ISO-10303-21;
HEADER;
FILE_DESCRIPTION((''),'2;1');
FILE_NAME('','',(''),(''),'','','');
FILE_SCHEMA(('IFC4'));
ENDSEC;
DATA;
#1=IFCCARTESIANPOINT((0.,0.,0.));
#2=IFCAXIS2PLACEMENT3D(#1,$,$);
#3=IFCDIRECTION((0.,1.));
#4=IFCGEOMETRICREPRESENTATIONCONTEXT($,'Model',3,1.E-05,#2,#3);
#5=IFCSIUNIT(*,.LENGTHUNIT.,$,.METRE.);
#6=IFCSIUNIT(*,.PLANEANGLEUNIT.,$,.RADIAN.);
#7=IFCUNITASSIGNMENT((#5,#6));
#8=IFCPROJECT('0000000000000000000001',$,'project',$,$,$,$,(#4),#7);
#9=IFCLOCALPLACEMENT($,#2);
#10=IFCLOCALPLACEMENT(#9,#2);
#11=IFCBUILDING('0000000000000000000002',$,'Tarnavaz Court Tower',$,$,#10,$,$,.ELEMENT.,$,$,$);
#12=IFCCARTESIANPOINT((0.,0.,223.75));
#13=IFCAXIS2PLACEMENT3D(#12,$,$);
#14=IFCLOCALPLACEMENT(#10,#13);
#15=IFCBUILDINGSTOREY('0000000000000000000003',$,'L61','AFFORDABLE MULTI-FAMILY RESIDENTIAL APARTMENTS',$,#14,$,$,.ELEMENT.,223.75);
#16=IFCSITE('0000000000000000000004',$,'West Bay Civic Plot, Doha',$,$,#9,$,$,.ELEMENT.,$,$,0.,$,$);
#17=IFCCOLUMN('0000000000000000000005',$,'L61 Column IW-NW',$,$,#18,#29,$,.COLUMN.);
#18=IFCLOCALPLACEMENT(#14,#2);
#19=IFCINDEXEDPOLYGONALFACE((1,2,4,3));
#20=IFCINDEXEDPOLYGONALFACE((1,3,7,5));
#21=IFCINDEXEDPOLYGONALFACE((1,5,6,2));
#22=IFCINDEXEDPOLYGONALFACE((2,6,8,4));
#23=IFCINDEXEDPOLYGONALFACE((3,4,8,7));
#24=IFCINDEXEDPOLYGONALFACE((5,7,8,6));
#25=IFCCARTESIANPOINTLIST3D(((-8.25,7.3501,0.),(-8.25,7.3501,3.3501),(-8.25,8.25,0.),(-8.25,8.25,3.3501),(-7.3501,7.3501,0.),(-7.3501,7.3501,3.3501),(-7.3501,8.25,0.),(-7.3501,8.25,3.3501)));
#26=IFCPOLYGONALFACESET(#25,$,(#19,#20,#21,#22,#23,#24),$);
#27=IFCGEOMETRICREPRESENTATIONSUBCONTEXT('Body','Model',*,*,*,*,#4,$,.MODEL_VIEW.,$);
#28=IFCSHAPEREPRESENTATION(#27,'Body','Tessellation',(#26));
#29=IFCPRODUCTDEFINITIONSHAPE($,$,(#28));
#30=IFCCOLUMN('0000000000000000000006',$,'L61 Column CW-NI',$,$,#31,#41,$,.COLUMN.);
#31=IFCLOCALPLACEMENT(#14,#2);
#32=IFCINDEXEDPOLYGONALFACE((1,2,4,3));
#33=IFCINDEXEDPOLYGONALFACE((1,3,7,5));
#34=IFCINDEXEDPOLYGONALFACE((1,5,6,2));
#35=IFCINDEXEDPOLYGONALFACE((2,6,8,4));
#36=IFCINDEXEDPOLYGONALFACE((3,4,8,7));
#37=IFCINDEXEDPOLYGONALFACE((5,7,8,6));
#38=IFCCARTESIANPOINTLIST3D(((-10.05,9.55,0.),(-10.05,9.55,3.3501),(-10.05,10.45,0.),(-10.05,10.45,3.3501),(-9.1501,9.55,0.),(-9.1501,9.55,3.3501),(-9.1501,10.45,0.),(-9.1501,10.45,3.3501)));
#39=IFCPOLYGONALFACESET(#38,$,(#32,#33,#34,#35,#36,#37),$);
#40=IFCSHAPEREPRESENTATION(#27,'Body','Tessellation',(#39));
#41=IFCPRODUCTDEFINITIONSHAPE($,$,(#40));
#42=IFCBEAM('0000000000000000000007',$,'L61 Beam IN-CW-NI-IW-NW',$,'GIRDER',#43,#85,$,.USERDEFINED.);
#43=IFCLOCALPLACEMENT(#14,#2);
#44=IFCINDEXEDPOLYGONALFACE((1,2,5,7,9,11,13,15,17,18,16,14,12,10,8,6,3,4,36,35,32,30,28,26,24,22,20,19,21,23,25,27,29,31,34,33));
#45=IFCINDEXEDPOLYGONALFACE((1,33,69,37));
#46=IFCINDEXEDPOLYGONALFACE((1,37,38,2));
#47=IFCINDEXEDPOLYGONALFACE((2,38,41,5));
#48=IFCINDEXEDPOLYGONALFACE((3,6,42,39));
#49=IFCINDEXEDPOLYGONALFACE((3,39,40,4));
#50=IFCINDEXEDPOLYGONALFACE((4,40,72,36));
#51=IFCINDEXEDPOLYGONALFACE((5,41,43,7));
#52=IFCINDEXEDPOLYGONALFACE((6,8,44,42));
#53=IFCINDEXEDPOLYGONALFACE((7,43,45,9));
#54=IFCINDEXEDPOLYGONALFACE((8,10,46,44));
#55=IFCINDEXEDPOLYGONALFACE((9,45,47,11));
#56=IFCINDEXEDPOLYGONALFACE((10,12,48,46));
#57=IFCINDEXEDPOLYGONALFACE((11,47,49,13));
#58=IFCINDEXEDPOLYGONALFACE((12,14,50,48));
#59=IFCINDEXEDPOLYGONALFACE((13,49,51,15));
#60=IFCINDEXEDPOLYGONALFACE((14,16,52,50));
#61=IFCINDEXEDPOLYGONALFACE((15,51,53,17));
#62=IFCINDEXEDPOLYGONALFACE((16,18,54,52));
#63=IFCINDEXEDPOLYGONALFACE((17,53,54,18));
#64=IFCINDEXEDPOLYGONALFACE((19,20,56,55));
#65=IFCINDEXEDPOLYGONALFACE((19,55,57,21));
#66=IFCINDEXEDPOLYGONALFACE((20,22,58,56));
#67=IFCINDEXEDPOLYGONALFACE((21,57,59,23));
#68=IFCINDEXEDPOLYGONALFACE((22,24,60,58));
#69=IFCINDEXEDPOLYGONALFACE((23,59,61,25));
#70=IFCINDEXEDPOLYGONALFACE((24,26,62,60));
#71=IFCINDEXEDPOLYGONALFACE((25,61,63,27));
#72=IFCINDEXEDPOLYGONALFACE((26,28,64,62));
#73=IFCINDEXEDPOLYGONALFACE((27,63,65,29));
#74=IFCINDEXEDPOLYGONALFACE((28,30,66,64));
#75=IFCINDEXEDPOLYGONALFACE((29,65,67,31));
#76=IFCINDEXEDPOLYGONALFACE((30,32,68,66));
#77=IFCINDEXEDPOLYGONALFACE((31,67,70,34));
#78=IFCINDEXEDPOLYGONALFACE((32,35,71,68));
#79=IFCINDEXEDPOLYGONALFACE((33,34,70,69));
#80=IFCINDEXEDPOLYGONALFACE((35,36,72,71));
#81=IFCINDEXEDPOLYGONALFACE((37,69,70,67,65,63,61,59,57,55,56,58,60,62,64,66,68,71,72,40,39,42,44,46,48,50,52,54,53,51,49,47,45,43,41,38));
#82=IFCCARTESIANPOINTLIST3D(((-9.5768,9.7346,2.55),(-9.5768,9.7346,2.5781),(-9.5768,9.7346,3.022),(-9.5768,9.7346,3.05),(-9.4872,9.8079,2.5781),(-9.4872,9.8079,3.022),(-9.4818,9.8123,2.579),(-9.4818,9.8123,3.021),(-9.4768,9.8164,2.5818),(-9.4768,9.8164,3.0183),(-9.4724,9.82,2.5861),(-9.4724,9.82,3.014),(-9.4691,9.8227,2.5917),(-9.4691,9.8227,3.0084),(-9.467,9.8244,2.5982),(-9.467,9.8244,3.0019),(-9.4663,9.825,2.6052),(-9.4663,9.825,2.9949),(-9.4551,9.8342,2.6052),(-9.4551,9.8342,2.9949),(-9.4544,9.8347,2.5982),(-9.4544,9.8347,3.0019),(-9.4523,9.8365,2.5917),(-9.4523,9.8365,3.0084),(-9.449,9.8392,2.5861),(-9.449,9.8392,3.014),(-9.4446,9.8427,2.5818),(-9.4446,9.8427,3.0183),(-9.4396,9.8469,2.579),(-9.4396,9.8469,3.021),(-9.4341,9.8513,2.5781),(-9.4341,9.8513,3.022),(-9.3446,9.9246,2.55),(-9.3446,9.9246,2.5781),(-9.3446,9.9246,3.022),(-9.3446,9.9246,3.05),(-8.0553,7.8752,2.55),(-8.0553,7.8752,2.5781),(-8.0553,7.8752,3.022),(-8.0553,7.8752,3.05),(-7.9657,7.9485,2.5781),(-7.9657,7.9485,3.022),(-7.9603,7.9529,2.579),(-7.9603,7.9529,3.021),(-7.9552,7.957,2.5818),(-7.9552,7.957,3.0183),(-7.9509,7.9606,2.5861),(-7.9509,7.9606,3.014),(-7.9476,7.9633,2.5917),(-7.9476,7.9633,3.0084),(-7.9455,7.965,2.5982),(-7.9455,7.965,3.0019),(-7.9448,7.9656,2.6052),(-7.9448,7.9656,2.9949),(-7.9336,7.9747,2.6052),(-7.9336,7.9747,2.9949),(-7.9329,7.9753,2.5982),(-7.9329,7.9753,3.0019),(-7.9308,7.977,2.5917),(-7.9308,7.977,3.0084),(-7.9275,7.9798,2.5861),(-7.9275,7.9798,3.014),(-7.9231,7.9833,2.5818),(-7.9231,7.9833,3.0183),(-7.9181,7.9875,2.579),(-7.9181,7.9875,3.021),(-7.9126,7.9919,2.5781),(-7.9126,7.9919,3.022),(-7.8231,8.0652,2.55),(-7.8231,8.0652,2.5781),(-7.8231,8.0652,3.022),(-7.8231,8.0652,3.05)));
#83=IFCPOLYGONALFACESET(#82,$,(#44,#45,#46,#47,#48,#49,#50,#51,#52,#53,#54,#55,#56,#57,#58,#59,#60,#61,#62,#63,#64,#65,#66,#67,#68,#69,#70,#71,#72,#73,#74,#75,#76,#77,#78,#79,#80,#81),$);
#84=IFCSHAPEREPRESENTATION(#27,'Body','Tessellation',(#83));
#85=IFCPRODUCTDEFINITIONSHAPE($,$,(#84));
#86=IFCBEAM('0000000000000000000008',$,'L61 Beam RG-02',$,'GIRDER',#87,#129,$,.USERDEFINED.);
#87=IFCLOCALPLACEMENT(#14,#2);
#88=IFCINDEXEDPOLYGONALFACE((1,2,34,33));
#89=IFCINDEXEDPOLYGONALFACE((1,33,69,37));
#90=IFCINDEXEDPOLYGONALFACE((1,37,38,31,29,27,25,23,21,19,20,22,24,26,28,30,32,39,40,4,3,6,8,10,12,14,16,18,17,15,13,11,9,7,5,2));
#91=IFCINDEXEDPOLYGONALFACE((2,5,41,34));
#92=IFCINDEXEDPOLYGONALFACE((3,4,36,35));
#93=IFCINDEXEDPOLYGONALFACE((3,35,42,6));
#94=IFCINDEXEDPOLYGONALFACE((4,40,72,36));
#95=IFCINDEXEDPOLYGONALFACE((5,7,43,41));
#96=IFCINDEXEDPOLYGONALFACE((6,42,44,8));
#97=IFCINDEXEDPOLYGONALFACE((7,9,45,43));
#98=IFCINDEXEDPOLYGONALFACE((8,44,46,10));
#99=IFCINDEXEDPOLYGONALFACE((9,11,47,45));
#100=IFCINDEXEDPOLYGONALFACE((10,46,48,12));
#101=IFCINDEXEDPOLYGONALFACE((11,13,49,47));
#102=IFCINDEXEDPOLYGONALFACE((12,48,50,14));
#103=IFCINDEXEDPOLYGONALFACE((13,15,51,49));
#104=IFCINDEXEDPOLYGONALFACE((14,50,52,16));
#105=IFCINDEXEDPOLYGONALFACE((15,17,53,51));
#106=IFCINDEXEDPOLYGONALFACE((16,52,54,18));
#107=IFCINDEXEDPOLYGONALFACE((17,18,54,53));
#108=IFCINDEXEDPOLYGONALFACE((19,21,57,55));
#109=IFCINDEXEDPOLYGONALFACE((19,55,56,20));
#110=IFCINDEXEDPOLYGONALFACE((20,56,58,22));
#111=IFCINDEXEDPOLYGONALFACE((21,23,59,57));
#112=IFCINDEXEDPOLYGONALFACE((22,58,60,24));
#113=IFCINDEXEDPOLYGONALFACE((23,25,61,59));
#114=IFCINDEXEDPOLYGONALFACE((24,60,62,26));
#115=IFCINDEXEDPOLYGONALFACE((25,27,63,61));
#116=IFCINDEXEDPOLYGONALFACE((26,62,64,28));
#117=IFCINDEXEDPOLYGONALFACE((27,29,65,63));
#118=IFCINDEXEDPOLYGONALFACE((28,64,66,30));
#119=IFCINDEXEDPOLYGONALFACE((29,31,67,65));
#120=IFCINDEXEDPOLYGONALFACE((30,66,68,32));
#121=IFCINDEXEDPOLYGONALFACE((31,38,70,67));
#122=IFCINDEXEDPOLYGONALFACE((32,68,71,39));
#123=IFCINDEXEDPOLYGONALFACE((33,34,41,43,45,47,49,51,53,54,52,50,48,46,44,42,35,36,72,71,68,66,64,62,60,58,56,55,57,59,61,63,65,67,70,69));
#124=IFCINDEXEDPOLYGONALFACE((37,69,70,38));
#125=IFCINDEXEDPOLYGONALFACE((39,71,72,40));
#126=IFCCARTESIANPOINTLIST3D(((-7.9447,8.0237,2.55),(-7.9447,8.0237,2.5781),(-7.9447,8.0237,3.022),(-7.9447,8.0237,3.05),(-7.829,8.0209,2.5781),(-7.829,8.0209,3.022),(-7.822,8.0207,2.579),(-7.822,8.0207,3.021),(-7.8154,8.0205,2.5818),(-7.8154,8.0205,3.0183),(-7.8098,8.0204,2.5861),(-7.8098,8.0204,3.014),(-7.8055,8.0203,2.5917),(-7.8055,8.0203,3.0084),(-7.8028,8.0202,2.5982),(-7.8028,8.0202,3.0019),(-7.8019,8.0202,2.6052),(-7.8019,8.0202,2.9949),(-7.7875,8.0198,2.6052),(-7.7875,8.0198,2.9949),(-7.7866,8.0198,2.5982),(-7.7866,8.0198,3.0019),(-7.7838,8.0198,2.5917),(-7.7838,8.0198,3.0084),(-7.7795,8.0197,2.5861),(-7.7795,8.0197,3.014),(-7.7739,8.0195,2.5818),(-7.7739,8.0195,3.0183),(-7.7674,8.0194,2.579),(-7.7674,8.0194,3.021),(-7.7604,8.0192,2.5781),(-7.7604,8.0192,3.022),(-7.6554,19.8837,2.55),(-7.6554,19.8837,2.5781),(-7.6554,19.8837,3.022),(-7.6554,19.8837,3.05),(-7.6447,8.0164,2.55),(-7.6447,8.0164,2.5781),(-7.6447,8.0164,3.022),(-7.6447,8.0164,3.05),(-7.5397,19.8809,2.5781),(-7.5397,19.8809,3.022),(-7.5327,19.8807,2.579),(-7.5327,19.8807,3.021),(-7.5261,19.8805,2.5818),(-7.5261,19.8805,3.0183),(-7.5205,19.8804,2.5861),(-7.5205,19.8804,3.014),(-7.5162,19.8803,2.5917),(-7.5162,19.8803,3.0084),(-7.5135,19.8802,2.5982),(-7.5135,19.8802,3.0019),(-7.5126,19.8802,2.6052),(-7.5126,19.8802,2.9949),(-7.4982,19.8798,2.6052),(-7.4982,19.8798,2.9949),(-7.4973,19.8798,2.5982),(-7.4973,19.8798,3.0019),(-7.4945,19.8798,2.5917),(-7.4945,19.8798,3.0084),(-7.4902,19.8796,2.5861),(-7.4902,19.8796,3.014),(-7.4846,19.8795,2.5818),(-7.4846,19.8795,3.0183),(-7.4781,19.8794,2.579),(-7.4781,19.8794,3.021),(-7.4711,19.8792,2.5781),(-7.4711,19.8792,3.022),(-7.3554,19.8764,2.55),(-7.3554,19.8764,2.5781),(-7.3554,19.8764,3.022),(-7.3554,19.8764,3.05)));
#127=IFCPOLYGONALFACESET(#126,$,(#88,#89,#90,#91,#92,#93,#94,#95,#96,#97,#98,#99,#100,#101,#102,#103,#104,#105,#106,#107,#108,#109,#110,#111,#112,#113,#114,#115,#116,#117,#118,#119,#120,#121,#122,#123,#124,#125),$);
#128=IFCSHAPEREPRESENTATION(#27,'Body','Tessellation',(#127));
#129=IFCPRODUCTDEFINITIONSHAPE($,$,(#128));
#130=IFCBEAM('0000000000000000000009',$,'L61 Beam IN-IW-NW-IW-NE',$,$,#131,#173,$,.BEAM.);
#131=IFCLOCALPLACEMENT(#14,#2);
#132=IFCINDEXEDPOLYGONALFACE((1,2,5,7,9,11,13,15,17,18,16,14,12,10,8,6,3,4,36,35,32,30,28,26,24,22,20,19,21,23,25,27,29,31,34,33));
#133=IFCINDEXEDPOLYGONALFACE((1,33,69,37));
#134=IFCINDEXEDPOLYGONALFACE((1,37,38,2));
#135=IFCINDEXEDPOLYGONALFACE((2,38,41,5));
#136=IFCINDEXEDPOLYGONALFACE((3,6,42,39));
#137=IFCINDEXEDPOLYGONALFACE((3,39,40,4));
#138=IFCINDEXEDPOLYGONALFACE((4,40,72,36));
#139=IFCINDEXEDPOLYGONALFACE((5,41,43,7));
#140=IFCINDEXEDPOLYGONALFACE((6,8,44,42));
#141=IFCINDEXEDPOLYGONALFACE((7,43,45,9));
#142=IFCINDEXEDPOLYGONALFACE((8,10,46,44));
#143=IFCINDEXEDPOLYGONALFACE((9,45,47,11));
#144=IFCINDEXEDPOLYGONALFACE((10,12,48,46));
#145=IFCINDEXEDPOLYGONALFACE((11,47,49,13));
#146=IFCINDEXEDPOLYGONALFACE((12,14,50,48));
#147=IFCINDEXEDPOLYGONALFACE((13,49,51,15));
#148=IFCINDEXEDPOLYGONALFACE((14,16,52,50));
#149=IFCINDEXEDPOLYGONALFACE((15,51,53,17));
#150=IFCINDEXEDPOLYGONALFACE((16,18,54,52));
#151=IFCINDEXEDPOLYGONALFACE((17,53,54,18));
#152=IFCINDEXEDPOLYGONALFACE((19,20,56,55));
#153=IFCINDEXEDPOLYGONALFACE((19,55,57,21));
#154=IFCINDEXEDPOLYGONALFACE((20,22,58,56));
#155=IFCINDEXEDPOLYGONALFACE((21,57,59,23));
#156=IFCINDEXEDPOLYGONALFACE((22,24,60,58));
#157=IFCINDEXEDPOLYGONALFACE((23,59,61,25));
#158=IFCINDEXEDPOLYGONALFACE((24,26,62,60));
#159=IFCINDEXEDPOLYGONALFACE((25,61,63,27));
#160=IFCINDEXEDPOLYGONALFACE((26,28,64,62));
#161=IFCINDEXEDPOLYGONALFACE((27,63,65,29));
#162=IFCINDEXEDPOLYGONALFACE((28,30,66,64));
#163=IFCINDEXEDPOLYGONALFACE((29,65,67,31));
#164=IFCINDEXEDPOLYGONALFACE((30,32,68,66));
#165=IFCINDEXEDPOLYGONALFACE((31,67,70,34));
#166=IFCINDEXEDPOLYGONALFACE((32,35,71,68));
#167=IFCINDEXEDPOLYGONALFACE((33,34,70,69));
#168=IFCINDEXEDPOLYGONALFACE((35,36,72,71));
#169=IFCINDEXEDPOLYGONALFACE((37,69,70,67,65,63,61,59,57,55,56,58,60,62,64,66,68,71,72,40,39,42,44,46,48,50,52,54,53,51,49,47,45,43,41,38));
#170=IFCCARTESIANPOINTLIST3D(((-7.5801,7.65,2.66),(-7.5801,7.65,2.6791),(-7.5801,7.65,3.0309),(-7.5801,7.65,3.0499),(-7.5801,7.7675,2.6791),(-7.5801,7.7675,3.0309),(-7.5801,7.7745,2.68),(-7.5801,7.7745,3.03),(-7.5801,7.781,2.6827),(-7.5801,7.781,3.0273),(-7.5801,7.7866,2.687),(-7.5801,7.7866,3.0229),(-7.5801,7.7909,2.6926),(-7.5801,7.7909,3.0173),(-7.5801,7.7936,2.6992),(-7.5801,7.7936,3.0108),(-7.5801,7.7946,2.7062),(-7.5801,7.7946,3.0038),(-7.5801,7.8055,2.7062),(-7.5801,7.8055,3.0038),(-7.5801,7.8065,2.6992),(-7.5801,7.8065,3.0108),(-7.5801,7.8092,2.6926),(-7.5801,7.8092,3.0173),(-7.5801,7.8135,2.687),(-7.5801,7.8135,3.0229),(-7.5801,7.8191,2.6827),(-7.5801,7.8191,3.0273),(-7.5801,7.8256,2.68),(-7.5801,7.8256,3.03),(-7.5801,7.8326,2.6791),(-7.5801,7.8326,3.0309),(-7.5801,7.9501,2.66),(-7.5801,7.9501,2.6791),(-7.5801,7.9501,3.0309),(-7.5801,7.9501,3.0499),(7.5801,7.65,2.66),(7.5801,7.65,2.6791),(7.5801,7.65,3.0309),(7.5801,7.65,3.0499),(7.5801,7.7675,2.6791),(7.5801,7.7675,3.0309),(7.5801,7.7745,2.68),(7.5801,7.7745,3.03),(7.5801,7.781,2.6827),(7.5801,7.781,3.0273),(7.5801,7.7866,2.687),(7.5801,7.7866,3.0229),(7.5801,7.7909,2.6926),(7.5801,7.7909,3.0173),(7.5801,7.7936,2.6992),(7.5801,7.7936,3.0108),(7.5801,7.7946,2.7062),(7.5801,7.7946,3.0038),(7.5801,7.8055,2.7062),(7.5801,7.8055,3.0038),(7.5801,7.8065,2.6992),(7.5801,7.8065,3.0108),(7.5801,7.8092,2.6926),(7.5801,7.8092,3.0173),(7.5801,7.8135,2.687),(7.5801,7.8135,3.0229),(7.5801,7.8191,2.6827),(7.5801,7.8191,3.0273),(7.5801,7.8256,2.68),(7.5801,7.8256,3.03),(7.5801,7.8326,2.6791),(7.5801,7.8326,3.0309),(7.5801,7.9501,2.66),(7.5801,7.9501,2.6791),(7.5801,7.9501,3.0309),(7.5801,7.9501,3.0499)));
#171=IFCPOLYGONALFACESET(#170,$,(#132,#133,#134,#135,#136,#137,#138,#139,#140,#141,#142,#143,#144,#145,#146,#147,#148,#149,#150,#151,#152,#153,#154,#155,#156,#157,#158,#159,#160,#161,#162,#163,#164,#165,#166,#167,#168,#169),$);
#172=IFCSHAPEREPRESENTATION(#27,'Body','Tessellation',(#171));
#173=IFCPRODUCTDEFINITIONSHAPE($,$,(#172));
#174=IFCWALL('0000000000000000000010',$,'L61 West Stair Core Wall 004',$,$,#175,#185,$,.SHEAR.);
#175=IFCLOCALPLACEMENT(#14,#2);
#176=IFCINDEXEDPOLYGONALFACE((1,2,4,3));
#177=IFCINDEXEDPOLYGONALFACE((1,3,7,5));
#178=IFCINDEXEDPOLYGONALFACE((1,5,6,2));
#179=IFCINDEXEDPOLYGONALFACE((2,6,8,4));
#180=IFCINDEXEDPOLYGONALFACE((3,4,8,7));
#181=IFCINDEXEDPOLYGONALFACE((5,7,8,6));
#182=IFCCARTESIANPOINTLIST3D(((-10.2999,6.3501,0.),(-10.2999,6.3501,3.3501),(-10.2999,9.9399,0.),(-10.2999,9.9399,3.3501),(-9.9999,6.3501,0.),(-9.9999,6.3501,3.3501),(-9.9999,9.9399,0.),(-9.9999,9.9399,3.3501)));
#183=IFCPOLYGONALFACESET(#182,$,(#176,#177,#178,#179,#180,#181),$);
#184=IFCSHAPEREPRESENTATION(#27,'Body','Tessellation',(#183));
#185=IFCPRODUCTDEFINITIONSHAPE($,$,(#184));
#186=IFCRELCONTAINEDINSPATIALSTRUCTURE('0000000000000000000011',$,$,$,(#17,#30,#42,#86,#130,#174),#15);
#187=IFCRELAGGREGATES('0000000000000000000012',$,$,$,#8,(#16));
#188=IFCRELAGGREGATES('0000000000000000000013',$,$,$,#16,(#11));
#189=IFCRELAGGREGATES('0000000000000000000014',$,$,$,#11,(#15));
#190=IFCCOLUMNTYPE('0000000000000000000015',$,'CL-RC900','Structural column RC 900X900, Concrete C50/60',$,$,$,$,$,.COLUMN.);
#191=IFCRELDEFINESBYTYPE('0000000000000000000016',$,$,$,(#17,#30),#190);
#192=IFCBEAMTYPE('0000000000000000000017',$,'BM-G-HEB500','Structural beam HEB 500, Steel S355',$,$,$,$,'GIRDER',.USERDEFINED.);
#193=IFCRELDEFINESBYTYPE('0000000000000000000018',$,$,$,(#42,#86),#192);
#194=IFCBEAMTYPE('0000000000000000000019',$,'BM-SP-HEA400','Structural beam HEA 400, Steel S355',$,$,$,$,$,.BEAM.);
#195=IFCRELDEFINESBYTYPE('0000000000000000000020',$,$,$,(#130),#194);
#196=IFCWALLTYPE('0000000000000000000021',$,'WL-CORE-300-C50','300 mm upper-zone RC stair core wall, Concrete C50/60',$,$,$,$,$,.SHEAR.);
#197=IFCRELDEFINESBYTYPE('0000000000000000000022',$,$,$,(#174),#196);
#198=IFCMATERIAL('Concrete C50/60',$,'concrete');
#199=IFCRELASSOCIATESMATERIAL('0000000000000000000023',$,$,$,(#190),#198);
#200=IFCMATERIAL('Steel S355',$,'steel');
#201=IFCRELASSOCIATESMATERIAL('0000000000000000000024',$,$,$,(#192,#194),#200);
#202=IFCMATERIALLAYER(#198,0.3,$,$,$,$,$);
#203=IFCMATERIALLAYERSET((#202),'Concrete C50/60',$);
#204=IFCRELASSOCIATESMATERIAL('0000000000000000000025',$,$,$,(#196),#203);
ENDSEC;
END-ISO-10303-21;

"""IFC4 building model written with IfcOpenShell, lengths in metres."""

from ifc_helpers import new_model, si_unit, direction, frame, frame_2d, origin, origin_2d, place, context, subcontext, project, spatial, rectangle, i_section, extrude, material, layer, layer_set, material_profile, profile_set, type_object, element, save


model = new_model("IFC4")

# Units and contexts
model_context = context("Model", 3, precision=1e-05, world=origin(), true_north=direction((0.0, 1.0)))
body_context = subcontext(model_context, "Body", "Model", "MODEL_VIEW")
ifc_project = project(units=[si_unit("LENGTHUNIT", "METRE"), si_unit("PLANEANGLEUNIT", "RADIAN")], contexts=[model_context])

# Site, building, storey
site_placement = place(None, origin())
site = spatial("IfcSite", under=ifc_project, at=site_placement, Name="West Bay Civic Plot, Doha", CompositionType="ELEMENT", RefElevation=0.0)
building_placement = place(site_placement, origin())
building = spatial("IfcBuilding", under=site, at=building_placement, Name="Tarnavaz Court Tower", CompositionType="ELEMENT")
storey_placement = place(building_placement, frame((0.0, 0.0, 223.75)))
storey = spatial("IfcBuildingStorey", under=building, at=storey_placement, Name="L61", Description="AFFORDABLE MULTI-FAMILY RESIDENTIAL APARTMENTS", CompositionType="ELEMENT", Elevation=223.75)

# Columns
ifc_material_1 = material(Name="Concrete C50/60", Category="concrete")
ifc_material_profile_1 = material_profile(ifc_material_1, rectangle(XDim=0.8999, YDim=0.8999, at=origin_2d()), Name="RC 900X900")
ifc_profile_set_1 = profile_set([ifc_material_profile_1], Name="Concrete C50/60")
column_type = type_object("IfcColumnType", Name="CL-RC900", Description="Structural column RC 900X900, Concrete C50/60", PredefinedType="COLUMN", material=ifc_profile_set_1)
for number, where, z_axis, x_axis, name in (
    (1, (-7.8, 7.8, 0.0), (0.0, 0.0, 1.0), (1.0, 0.0, 0.0), "L61 Column IW-NW"),
    (2, (-9.6001, 10.0, 0.0), (0.0, 0.0, 1.0), (1.0, 0.0, 0.0), "L61 Column CW-NI"),
):
    element("IfcColumn", number, at=place(storey_placement, frame(where, z_axis=z_axis, x_axis=x_axis)), inside=storey, type_object=column_type, Name=name, PredefinedType="COLUMN", context=body_context, shape_type="SweptSolid", body=[
        extrude(rectangle(XDim=0.8999, YDim=0.8999, at=origin_2d()), origin(), (0.0, 0.0, 1.0), 3.3501),
    ])

# Beams
ifc_material_2 = material(Name="Steel S355", Category="steel")
ifc_material_profile_2 = material_profile(ifc_material_2, i_section(OverallWidth=0.3, OverallDepth=0.5, WebThickness=0.0144, FlangeThickness=0.0281, FilletRadius=0.0271, at=origin_2d()), Name="HEB 500")
ifc_profile_set_2 = profile_set([ifc_material_profile_2], Name="Steel S355")
beam_type_1 = type_object("IfcBeamType", Name="BM-G-HEB500", Description="Structural beam HEB 500, Steel S355", ElementType="GIRDER", PredefinedType="USERDEFINED", material=ifc_profile_set_2)
beam_1_placement = place(storey_placement, frame((-9.4607, 9.8296, 2.8), z_axis=(0.633282, -0.773921, 0.0), x_axis=(0.773921, 0.633282, 0.0)))
element("IfcBeam", 3, at=beam_1_placement, inside=storey, type_object=beam_type_1, Name="L61 Beam IN-CW-NI-IW-NW", ObjectType="GIRDER", PredefinedType="USERDEFINED", context=body_context, shape_type="SweptSolid", body=[
    extrude(i_section(OverallWidth=0.3, OverallDepth=0.5, WebThickness=0.0144, FlangeThickness=0.0281, FilletRadius=0.0271, at=origin_2d()), origin(), (0.0, 0.0, 1.0), 2.4026),
])
beam_2_placement = place(storey_placement, frame((-7.7947, 8.02, 2.8), z_axis=(0.024386, 0.999703, 0.0), x_axis=(-0.999703, 0.024386, 0.0)))
element("IfcBeam", 4, at=beam_2_placement, inside=storey, type_object=beam_type_1, Name="L61 Beam RG-02", ObjectType="GIRDER", PredefinedType="USERDEFINED", context=body_context, shape_type="SweptSolid", body=[
    extrude(i_section(OverallWidth=0.3, OverallDepth=0.5, WebThickness=0.0144, FlangeThickness=0.0281, FilletRadius=0.0271, at=origin_2d()), origin(), (0.0, 0.0, 1.0), 11.8635),
])
ifc_material_profile_3 = material_profile(ifc_material_2, i_section(OverallWidth=0.3, OverallDepth=0.3899, WebThickness=0.011, FlangeThickness=0.019, FilletRadius=0.0271, at=origin_2d()), Name="HEA 400")
ifc_profile_set_3 = profile_set([ifc_material_profile_3], Name="Steel S355")
beam_type_2 = type_object("IfcBeamType", Name="BM-SP-HEA400", Description="Structural beam HEA 400, Steel S355", PredefinedType="BEAM", material=ifc_profile_set_3)
beam_3_placement = place(storey_placement, frame((-7.5801, 7.8, 2.855), z_axis=(1.0, 0.0, 0.0), x_axis=(0.0, 1.0, 0.0)))
element("IfcBeam", 5, at=beam_3_placement, inside=storey, type_object=beam_type_2, Name="L61 Beam IN-IW-NW-IW-NE", PredefinedType="BEAM", context=body_context, shape_type="SweptSolid", body=[
    extrude(i_section(OverallWidth=0.3, OverallDepth=0.3899, WebThickness=0.011, FlangeThickness=0.019, FilletRadius=0.0271, at=origin_2d()), origin(), (0.0, 0.0, 1.0), 15.1602),
])

# Wall
ifc_layer_1 = layer(ifc_material_1, 0.3)
ifc_layer_set_1 = layer_set([ifc_layer_1], Name="Concrete C50/60")
wall_type_1 = type_object("IfcWallType", Name="WL-CORE-300-C50", Description="300 mm upper-zone RC stair core wall, Concrete C50/60", PredefinedType="SHEAR", material=ifc_layer_set_1)
wall_1_placement = place(storey_placement, frame((-10.1499, 6.3501, 0.0), z_axis=(0.0, 0.0, 1.0), x_axis=(0.0, 1.0, 0.0)))
element("IfcWall", 6, at=wall_1_placement, inside=storey, type_object=wall_type_1, Name="L61 West Stair Core Wall 004", PredefinedType="SHEAR", context=body_context, shape_type="SweptSolid", body=[
    extrude(rectangle(XDim=3.5898, YDim=0.3, at=frame_2d((1.7949, 0.0))), origin(), (0.0, 0.0, 1.0), 3.3501),
])

save(model, "model.ifc")
